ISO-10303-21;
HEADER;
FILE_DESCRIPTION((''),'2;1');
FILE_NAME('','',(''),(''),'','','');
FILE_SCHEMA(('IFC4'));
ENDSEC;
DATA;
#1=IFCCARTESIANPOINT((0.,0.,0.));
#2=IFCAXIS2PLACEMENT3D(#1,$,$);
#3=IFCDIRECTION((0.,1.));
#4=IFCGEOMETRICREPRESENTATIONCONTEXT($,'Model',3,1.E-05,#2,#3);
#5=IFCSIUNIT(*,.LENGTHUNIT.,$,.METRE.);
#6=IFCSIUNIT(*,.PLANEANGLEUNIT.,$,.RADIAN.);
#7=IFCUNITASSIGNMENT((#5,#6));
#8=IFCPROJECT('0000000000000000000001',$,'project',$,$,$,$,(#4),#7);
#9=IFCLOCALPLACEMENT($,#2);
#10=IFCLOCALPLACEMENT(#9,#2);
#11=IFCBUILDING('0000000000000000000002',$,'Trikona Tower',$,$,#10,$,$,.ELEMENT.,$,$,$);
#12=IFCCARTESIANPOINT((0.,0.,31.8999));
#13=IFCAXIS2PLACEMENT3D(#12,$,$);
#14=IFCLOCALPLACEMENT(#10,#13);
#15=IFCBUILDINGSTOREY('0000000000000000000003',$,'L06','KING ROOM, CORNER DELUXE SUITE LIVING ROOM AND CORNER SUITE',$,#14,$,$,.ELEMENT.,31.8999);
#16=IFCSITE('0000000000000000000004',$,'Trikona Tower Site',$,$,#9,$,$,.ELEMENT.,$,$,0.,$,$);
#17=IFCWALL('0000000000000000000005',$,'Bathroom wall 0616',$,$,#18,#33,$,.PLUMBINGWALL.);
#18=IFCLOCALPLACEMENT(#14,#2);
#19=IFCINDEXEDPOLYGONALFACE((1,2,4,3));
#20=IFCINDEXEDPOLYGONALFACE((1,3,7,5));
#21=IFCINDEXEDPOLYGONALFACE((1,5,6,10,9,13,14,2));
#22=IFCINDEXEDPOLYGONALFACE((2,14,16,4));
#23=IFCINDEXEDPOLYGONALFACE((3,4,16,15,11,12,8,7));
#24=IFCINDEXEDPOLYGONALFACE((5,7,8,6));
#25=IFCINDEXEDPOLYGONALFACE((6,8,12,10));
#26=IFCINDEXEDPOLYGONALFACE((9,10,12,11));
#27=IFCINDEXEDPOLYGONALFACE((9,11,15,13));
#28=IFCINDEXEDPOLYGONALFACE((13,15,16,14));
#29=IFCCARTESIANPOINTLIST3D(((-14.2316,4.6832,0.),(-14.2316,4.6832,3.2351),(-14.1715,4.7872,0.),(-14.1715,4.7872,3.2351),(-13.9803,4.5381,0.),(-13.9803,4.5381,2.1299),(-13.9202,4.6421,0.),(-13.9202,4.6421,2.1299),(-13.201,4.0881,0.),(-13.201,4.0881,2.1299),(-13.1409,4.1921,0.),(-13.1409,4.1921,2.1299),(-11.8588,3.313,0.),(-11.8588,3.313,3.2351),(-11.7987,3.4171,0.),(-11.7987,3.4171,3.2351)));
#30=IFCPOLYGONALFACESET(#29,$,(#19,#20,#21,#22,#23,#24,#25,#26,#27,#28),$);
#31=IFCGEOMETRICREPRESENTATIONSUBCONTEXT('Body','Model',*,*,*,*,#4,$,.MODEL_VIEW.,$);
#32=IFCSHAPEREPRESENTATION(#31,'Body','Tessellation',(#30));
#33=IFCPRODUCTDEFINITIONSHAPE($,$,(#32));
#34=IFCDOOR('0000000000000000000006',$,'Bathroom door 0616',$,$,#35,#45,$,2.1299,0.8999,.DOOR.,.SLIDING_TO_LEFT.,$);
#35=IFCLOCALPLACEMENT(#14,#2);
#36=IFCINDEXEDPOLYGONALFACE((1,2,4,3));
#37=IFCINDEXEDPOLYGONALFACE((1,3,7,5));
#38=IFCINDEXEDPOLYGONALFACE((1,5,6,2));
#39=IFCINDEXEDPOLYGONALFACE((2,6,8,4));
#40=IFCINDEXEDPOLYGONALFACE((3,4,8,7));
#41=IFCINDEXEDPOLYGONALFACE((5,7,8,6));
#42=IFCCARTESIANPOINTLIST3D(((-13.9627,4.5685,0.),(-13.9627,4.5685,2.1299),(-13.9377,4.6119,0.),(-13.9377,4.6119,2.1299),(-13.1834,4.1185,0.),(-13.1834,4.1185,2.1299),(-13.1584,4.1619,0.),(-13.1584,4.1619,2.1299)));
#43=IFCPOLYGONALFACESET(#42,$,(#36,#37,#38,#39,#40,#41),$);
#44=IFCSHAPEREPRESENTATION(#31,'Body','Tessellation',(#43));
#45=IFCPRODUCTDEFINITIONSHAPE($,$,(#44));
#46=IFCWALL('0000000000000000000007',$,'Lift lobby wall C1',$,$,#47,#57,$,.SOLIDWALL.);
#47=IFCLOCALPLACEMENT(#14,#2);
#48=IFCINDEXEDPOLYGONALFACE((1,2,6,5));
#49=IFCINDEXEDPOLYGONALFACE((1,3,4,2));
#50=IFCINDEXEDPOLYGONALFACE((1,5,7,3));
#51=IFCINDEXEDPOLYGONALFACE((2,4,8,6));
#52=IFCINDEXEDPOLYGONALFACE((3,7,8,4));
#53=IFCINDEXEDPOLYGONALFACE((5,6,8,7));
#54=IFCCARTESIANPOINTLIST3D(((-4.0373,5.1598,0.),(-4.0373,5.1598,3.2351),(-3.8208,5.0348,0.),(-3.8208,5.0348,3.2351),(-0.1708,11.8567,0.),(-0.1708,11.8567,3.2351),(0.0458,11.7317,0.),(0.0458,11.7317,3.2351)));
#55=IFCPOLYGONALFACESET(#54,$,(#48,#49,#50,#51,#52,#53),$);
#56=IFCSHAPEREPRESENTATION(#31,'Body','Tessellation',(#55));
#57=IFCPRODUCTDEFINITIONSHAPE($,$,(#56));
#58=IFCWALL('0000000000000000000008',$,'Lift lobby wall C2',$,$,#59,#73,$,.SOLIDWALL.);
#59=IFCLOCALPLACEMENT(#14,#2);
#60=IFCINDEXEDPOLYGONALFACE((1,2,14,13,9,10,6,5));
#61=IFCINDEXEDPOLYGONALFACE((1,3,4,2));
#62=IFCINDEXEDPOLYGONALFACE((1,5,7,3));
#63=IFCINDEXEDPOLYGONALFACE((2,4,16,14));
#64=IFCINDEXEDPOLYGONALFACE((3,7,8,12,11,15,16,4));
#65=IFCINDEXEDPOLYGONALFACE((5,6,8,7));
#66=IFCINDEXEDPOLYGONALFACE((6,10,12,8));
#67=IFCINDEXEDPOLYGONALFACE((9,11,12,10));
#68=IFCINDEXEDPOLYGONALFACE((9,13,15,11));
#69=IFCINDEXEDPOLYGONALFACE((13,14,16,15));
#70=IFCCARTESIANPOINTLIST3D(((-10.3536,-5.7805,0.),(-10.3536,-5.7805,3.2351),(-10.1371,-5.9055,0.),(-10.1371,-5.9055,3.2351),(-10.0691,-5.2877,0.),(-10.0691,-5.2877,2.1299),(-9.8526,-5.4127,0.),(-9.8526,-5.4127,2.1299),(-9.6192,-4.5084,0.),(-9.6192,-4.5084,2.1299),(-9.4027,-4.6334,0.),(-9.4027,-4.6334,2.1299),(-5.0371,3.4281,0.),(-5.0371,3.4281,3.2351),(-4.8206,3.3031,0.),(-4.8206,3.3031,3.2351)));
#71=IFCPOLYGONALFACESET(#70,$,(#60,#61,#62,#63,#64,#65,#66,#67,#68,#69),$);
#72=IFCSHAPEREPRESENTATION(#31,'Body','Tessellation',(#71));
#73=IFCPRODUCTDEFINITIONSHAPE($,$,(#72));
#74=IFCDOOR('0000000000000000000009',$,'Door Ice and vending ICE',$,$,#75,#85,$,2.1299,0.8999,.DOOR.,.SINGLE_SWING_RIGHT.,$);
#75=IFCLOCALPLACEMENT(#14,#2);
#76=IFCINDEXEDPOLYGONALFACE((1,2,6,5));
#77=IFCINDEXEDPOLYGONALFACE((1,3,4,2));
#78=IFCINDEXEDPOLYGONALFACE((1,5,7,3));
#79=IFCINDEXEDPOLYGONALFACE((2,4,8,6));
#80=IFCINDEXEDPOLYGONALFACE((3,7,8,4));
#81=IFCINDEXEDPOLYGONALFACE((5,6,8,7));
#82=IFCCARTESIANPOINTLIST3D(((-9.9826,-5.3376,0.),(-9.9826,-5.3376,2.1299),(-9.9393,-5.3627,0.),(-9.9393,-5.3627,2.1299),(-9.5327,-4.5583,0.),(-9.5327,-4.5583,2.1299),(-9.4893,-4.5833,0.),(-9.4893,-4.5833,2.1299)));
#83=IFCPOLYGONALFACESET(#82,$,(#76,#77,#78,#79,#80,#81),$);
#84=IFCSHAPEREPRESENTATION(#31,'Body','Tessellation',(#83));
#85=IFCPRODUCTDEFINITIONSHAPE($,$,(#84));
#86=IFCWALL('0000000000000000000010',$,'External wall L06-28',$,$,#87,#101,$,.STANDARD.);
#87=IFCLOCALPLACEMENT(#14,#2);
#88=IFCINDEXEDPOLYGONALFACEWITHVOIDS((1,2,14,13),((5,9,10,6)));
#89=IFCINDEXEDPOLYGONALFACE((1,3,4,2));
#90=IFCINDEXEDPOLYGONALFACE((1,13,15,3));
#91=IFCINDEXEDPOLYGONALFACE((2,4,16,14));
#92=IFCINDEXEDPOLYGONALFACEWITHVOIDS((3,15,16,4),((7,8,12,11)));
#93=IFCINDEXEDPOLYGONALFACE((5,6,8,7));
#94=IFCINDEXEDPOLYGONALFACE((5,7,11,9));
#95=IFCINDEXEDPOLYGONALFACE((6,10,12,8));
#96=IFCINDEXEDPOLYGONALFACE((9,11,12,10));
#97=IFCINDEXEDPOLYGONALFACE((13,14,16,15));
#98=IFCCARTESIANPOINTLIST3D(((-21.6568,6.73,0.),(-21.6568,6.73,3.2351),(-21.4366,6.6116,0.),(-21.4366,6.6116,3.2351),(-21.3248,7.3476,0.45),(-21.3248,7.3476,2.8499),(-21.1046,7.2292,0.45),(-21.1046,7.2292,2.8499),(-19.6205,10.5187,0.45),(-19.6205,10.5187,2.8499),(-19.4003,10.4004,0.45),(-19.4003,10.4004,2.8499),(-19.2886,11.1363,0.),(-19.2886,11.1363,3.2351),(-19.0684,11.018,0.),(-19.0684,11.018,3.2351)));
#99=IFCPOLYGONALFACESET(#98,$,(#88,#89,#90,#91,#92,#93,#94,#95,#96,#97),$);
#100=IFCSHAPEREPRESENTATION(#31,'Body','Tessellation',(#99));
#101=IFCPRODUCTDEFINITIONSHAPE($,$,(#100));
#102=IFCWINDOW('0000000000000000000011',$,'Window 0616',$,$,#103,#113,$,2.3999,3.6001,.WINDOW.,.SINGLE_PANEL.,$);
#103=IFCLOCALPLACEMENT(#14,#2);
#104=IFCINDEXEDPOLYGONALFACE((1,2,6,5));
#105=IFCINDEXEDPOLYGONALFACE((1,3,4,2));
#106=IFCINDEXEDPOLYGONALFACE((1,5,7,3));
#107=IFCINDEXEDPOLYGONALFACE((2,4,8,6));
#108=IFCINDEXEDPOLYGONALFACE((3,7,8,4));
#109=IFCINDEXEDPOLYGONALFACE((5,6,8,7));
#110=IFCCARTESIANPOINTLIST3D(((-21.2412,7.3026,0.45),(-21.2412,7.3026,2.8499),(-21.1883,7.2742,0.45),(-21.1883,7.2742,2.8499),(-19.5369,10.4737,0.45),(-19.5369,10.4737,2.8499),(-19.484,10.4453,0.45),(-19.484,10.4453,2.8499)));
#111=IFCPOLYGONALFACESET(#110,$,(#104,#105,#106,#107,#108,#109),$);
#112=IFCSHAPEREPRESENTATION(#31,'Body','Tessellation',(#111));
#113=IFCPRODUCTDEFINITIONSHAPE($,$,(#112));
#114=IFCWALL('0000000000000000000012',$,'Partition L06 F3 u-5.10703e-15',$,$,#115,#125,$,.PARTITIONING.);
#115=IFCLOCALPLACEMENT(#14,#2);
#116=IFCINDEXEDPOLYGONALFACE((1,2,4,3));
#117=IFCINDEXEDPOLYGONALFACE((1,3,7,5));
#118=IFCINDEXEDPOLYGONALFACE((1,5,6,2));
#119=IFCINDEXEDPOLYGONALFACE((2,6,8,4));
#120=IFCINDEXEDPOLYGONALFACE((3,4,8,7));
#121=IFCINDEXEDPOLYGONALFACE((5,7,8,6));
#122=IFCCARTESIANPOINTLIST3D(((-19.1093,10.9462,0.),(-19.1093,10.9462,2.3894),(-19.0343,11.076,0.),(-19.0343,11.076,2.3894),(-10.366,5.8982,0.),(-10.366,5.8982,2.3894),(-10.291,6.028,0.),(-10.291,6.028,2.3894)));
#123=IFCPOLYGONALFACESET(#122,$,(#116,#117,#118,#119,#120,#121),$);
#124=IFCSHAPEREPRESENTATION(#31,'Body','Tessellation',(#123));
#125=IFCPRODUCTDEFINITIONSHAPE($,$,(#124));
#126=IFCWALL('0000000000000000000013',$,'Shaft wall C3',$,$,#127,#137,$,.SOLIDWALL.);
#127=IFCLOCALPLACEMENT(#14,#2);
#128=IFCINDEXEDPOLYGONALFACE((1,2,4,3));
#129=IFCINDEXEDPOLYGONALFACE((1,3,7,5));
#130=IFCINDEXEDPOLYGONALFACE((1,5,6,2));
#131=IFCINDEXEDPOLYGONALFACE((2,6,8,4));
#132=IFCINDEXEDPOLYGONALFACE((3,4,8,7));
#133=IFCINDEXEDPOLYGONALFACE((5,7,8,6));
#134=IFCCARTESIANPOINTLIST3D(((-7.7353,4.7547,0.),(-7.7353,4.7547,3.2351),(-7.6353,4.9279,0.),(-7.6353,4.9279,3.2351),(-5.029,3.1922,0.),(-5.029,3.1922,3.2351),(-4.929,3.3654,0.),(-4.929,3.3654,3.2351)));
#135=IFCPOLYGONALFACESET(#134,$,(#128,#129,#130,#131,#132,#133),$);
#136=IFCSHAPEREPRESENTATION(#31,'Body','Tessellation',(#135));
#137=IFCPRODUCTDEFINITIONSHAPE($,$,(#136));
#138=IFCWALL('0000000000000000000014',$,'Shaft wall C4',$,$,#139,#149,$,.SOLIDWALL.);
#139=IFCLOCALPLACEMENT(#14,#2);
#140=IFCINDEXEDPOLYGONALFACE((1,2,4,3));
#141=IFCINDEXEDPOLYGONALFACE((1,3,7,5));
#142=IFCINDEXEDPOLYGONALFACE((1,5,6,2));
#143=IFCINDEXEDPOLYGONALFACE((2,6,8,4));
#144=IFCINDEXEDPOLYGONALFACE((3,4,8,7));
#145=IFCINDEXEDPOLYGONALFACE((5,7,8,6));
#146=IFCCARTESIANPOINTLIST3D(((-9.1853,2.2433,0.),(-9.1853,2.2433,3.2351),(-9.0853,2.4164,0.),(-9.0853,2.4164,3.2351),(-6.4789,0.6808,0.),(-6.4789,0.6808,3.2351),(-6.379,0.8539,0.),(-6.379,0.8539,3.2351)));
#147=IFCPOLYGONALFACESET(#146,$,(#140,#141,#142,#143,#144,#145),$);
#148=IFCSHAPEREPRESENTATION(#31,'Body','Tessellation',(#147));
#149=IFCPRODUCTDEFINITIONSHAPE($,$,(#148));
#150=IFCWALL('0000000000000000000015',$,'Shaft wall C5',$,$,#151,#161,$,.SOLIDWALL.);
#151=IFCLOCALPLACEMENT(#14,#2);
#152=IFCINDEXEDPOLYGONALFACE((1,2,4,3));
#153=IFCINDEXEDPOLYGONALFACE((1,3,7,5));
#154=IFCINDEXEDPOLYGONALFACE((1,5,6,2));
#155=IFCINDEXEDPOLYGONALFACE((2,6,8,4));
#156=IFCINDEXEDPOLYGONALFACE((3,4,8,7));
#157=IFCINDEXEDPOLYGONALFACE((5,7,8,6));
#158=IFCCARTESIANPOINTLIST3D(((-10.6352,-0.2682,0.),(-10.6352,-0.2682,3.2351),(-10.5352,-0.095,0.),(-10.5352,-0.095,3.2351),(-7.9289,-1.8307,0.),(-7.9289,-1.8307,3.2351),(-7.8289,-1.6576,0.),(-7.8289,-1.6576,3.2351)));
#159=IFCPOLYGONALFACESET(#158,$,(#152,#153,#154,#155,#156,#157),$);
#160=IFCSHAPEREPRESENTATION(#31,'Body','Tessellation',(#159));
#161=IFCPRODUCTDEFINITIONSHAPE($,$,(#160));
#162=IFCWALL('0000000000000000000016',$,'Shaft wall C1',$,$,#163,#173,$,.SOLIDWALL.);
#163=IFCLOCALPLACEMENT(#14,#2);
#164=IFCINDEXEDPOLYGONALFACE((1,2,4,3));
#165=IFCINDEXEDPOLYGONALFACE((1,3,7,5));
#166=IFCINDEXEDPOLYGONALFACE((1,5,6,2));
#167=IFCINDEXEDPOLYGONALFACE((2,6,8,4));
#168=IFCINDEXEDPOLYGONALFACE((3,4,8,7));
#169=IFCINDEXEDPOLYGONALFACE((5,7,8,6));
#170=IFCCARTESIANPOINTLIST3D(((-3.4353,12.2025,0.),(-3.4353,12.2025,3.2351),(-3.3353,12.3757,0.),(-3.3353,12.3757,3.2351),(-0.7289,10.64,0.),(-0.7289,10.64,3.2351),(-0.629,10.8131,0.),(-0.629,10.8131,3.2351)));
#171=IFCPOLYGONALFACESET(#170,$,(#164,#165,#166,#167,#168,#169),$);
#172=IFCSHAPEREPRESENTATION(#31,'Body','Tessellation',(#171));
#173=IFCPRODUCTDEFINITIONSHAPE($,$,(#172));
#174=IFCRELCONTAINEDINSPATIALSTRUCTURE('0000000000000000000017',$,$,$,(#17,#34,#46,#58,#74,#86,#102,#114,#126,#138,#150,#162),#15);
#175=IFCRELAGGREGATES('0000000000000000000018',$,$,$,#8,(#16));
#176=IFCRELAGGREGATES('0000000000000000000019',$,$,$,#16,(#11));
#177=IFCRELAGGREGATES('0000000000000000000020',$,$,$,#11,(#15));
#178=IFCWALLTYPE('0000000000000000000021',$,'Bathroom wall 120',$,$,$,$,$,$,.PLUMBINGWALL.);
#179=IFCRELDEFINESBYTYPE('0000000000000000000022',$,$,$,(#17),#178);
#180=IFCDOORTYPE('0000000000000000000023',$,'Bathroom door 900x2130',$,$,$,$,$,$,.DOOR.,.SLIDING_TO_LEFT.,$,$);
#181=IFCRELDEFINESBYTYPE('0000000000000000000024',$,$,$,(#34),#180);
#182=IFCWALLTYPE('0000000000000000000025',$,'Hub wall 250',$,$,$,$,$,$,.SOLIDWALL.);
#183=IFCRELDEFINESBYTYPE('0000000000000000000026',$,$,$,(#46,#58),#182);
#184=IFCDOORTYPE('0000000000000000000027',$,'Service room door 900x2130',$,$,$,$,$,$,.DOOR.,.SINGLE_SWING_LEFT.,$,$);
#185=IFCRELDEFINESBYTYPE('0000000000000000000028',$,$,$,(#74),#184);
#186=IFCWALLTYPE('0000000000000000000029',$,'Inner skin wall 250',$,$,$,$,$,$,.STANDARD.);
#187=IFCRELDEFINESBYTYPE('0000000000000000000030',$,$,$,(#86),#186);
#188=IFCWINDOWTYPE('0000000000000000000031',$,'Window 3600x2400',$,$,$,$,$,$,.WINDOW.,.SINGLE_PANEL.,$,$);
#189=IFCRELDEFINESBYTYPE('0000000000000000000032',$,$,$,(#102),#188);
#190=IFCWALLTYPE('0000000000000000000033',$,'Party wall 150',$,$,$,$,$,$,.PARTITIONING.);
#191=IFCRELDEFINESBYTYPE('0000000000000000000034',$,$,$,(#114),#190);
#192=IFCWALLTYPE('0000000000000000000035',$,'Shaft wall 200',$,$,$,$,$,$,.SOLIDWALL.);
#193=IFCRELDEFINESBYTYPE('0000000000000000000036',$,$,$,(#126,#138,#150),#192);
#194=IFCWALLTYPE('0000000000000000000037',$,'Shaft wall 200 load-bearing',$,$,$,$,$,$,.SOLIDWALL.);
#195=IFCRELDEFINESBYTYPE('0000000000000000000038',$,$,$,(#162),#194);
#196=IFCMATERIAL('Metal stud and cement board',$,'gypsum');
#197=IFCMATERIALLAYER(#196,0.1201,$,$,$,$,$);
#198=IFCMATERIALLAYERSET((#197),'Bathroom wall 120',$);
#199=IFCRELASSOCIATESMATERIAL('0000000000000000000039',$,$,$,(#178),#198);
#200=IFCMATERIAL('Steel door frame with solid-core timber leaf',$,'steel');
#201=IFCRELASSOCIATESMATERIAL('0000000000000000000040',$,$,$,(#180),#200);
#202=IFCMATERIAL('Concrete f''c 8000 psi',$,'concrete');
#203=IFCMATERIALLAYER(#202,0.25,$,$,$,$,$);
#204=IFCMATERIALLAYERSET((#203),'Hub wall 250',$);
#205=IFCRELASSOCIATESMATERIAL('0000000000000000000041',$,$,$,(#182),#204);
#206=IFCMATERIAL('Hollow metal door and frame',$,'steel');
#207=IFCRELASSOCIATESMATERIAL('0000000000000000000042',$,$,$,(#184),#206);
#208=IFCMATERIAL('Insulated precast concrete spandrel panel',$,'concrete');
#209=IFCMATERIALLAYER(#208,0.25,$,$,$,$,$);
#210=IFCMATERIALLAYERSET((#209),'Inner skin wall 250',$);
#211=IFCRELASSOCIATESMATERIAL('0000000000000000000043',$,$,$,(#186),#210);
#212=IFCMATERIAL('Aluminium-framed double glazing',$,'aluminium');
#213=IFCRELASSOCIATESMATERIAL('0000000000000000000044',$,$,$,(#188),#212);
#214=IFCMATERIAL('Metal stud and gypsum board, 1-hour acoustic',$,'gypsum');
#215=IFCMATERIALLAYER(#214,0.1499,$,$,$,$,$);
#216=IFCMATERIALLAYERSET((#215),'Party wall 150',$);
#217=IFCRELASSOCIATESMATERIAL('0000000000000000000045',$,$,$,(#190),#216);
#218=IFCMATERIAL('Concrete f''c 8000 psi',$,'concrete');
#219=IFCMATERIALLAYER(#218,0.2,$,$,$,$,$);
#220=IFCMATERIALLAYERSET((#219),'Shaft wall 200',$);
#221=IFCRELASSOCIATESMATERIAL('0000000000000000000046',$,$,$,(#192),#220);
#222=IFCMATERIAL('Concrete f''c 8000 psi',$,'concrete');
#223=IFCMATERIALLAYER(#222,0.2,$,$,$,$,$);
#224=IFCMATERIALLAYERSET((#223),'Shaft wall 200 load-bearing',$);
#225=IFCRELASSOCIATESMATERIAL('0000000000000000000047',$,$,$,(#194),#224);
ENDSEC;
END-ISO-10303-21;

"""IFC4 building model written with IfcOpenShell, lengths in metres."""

from ifc_helpers import new_model, si_unit, direction, frame, frame_2d, origin, place, context, subcontext, project, spatial, rectangle, extrude, material, layer, layer_set, type_object, element, fill, save


model = new_model("IFC4")

# Units and contexts
model_context = context("Model", 3, precision=1e-05, world=origin(), true_north=direction((0.0, 1.0)))
body_context = subcontext(model_context, "Body", "Model", "MODEL_VIEW")
ifc_project = project(units=[si_unit("LENGTHUNIT", "METRE"), si_unit("PLANEANGLEUNIT", "RADIAN")], contexts=[model_context])

# Site, building, storey
site_placement = place(None, origin())
site = spatial("IfcSite", under=ifc_project, at=site_placement, Name="Trikona Tower Site", CompositionType="ELEMENT", RefElevation=0.0)
building_placement = place(site_placement, origin())
building = spatial("IfcBuilding", under=site, at=building_placement, Name="Trikona Tower", CompositionType="ELEMENT")
storey_placement = place(building_placement, frame((0.0, 0.0, 31.8999)))
storey = spatial("IfcBuildingStorey", under=building, at=storey_placement, Name="L06", Description="KING ROOM, CORNER DELUXE SUITE LIVING ROOM AND CORNER SUITE", CompositionType="ELEMENT", Elevation=31.8999)

# Shared definitions
ifc_material_1 = material(Name="Metal stud and cement board", Category="gypsum")
ifc_layer_1 = layer(ifc_material_1, 0.1201)
ifc_layer_set_1 = layer_set([ifc_layer_1], Name="Bathroom wall 120")
wall_type_1 = type_object("IfcWallType", Name="Bathroom wall 120", PredefinedType="PLUMBINGWALL", material=ifc_layer_set_1)

# Shared definitions
ifc_material_2 = material(Name="Steel door frame with solid-core timber leaf", Category="steel")
door_type_1 = type_object("IfcDoorType", Name="Bathroom door 900x2130", OperationType="SLIDING_TO_LEFT", PredefinedType="DOOR", material=ifc_material_2)

# Wall, opening, door
wall_1_placement = place(storey_placement, frame((-11.8286, 3.365, 0.0), z_axis=(0.0, 0.0, 1.0), x_axis=(-0.865997, 0.500049, 0.0)))
wall_1 = element("IfcWall", 1, at=wall_1_placement, inside=storey, type_object=wall_type_1, Name="Bathroom wall 0616", PredefinedType="PLUMBINGWALL", context=body_context, shape_type="SweptSolid", body=[
    extrude(rectangle(XDim=2.74, YDim=0.1201, at=frame_2d((1.3701, 0.0))), origin(), (0.0, 0.0, 1.0), 3.2351),
])
opening_1_placement = place(wall_1_placement, frame((1.55, 0.0, 0.0)))
opening_1 = element("IfcOpeningElement", 2, at=opening_1_placement, cuts=wall_1, PredefinedType="OPENING", context=body_context, shape_type="SweptSolid", body=[
    extrude(rectangle(XDim=0.8999, YDim=2.1299, at=frame_2d((0.45, 1.0649))), frame((0.0, 0.0701, 0.0), z_axis=(0.0, -1.0, 0.0), x_axis=(1.0, 0.0, 0.0)), (0.0, 0.0, 1.0), 0.1401),
])
door_1_placement = place(opening_1_placement, origin())
door_1 = element("IfcDoor", 3, at=door_1_placement, inside=storey, type_object=door_type_1, Name="Bathroom door 0616", OperationType="SLIDING_TO_LEFT", OverallHeight=2.1299, OverallWidth=0.8999, PredefinedType="DOOR", context=body_context, shape_type="SweptSolid", body=[
    extrude(rectangle(XDim=0.8999, YDim=2.1299, at=frame_2d((0.45, 1.0649))), frame((0.0, 0.0249, 0.0), z_axis=(0.0, -1.0, 0.0), x_axis=(1.0, 0.0, 0.0)), (0.0, 0.0, 1.0), 0.05),
])
fill(opening_1, door_1)

# Wall
ifc_material_3 = material(Name="Concrete f'c 8000 psi", Category="concrete")
ifc_layer_2 = layer(ifc_material_3, 0.25)
ifc_layer_set_2 = layer_set([ifc_layer_2], Name="Hub wall 250")
wall_type_2 = type_object("IfcWallType", Name="Hub wall 250", PredefinedType="SOLIDWALL", material=ifc_layer_set_2)
wall_2_placement = place(storey_placement, frame((-0.0625, 11.7942, 0.0), z_axis=(0.0, 0.0, 1.0), x_axis=(-0.500007, -0.866022, 0.0)))
element("IfcWall", 4, at=wall_2_placement, inside=storey, type_object=wall_type_2, Name="Lift lobby wall C1", PredefinedType="SOLIDWALL", context=body_context, shape_type="SweptSolid", body=[
    extrude(rectangle(XDim=7.7329, YDim=0.25, at=frame_2d((3.8665, 0.0))), origin(), (0.0, 0.0, 1.0), 3.2351),
])

# Wall, opening, door
wall_3_placement = place(storey_placement, frame((-4.929, 3.3655, 0.0), z_axis=(0.0, 0.0, 1.0), x_axis=(-0.499991, -0.86603, 0.0)))
wall_3 = element("IfcWall", 5, at=wall_3_placement, inside=storey, type_object=wall_type_2, Name="Lift lobby wall C2", PredefinedType="SOLIDWALL", context=body_context, shape_type="SweptSolid", body=[
    extrude(rectangle(XDim=10.6331, YDim=0.25, at=frame_2d((5.3164, 0.0))), origin(), (0.0, 0.0, 1.0), 3.2351),
])
opening_2_placement = place(wall_3_placement, frame((9.1641, 0.0, 0.0)))
opening_2 = element("IfcOpeningElement", 6, at=opening_2_placement, cuts=wall_3, PredefinedType="OPENING", context=body_context, shape_type="SweptSolid", body=[
    extrude(rectangle(XDim=0.8999, YDim=2.1299, at=frame_2d((0.45, 1.0649))), frame((0.0, 0.135, 0.0), z_axis=(0.0, -1.0, 0.0), x_axis=(1.0, 0.0, 0.0)), (0.0, 0.0, 1.0), 0.27),
])
ifc_material_4 = material(Name="Hollow metal door and frame", Category="steel")
door_type_2 = type_object("IfcDoorType", Name="Service room door 900x2130", OperationType="SINGLE_SWING_LEFT", PredefinedType="DOOR", material=ifc_material_4)
door_2_placement = place(opening_2_placement, origin())
door_2 = element("IfcDoor", 7, at=door_2_placement, inside=storey, type_object=door_type_2, Name="Door Ice and vending ICE", OperationType="SINGLE_SWING_RIGHT", OverallHeight=2.1299, OverallWidth=0.8999, PredefinedType="DOOR", context=body_context, shape_type="SweptSolid", body=[
    extrude(rectangle(XDim=0.8999, YDim=2.1299, at=frame_2d((0.45, 1.0649))), frame((0.0, 0.0249, 0.0), z_axis=(0.0, -1.0, 0.0), x_axis=(1.0, 0.0, 0.0)), (0.0, 0.0, 1.0), 0.05),
])
fill(opening_2, door_2)

# Wall, opening, window
ifc_material_5 = material(Name="Insulated precast concrete spandrel panel", Category="concrete")
ifc_layer_3 = layer(ifc_material_5, 0.25)
ifc_layer_set_3 = layer_set([ifc_layer_3], Name="Inner skin wall 250")
wall_type_3 = type_object("IfcWallType", Name="Inner skin wall 250", PredefinedType="STANDARD", material=ifc_layer_set_3)
wall_4_placement = place(storey_placement, frame((-19.1785, 11.0771, 0.0), z_axis=(0.0, 0.0, 1.0), x_axis=(-0.473413, -0.880841, 0.0)))
wall_4 = element("IfcWall", 8, at=wall_4_placement, inside=storey, type_object=wall_type_3, Name="External wall L06-28", PredefinedType="STANDARD", context=body_context, shape_type="SweptSolid", body=[
    extrude(rectangle(XDim=5.0024, YDim=0.25, at=frame_2d((2.5012, 0.0))), origin(), (0.0, 0.0, 1.0), 3.2351),
])
opening_3_placement = place(wall_4_placement, frame((0.7012, 0.0, 0.45)))
opening_3 = element("IfcOpeningElement", 9, at=opening_3_placement, cuts=wall_4, PredefinedType="OPENING", context=body_context, shape_type="SweptSolid", body=[
    extrude(rectangle(XDim=3.6001, YDim=2.3999, at=frame_2d((1.8, 1.2))), frame((0.0, 0.135, 0.0), z_axis=(0.0, -1.0, 0.0), x_axis=(1.0, 0.0, 0.0)), (0.0, 0.0, 1.0), 0.27),
])
ifc_material_6 = material(Name="Aluminium-framed double glazing", Category="aluminium")
window_type = type_object("IfcWindowType", Name="Window 3600x2400", PartitioningType="SINGLE_PANEL", PredefinedType="WINDOW", material=ifc_material_6)
window_placement = place(opening_3_placement, origin())
window = element("IfcWindow", 10, at=window_placement, inside=storey, type_object=window_type, Name="Window 0616", OverallHeight=2.3999, OverallWidth=3.6001, PartitioningType="SINGLE_PANEL", PredefinedType="WINDOW", context=body_context, shape_type="SweptSolid", body=[
    extrude(rectangle(XDim=3.6001, YDim=2.3999, at=frame_2d((1.8, 1.2))), frame((0.0, 0.03, 0.0), z_axis=(0.0, -1.0, 0.0), x_axis=(1.0, 0.0, 0.0)), (0.0, 0.0, 1.0), 0.0601),
])
fill(opening_3, window)

# Walls
ifc_material_7 = material(Name="Metal stud and gypsum board, 1-hour acoustic", Category="gypsum")
ifc_layer_4 = layer(ifc_material_7, 0.1499)
ifc_layer_set_4 = layer_set([ifc_layer_4], Name="Party wall 150")
wall_type_4 = type_object("IfcWallType", Name="Party wall 150", PredefinedType="PARTITIONING", material=ifc_layer_set_4)
wall_5_placement = place(storey_placement, frame((-10.3286, 5.9631, 0.0), z_axis=(0.0, 0.0, 1.0), x_axis=(-0.866022, 0.500006, 0.0)))
element("IfcWall", 11, at=wall_5_placement, inside=storey, type_object=wall_type_4, Name="Partition L06 F3 u-5.10703e-15", PredefinedType="PARTITIONING", context=body_context, shape_type="SweptSolid", body=[
    extrude(rectangle(XDim=10.0959, YDim=0.1499, at=frame_2d((5.0479, 0.0))), origin(), (0.0, 0.0, 1.0), 2.3894),
])
ifc_material_8 = material(Name="Concrete f'c 8000 psi", Category="concrete")
ifc_layer_5 = layer(ifc_material_8, 0.2)
ifc_layer_set_5 = layer_set([ifc_layer_5], Name="Shaft wall 200")
wall_type_5 = type_object("IfcWallType", Name="Shaft wall 200", PredefinedType="SOLIDWALL", material=ifc_layer_set_5)
for number, where, z_axis, x_axis, name in (
    (12, (-4.979, 3.2788, 0.0), (0.0, 0.0, 1.0), (-0.866023, 0.500004, 0.0), "Shaft wall C3"),
    (13, (-6.429, 0.7673, 0.0), (0.0, 0.0, 1.0), (-0.866023, 0.500004, 0.0), "Shaft wall C4"),
    (14, (-7.8789, -1.7441, 0.0), (0.0, 0.0, 1.0), (-0.866023, 0.500004, 0.0), "Shaft wall C5"),
):
    element("IfcWall", number, at=place(storey_placement, frame(where, z_axis=z_axis, x_axis=x_axis)), inside=storey, type_object=wall_type_5, Name=name, PredefinedType="SOLIDWALL", context=body_context, shape_type="SweptSolid", body=[
        extrude(rectangle(XDim=3.125, YDim=0.2, at=frame_2d((1.5625, 0.0))), origin(), (0.0, 0.0, 1.0), 3.2351),
    ])
ifc_material_9 = material(Name="Concrete f'c 8000 psi", Category="concrete")
ifc_layer_6 = layer(ifc_material_9, 0.2)
ifc_layer_set_6 = layer_set([ifc_layer_6], Name="Shaft wall 200 load-bearing")
wall_type_6 = type_object("IfcWallType", Name="Shaft wall 200 load-bearing", PredefinedType="SOLIDWALL", material=ifc_layer_set_6)
for number, where, z_axis, x_axis, name in (
    (15, (-0.679, 10.7266, 0.0), (0.0, 0.0, 1.0), (-0.866023, 0.500004, 0.0), "Shaft wall C1"),
):
    element("IfcWall", number, at=place(storey_placement, frame(where, z_axis=z_axis, x_axis=x_axis)), inside=storey, type_object=wall_type_6, Name=name, PredefinedType="SOLIDWALL", context=body_context, shape_type="SweptSolid", body=[
        extrude(rectangle(XDim=3.125, YDim=0.2, at=frame_2d((1.5625, 0.0))), origin(), (0.0, 0.0, 1.0), 3.2351),
    ])

save(model, "model.ifc")
